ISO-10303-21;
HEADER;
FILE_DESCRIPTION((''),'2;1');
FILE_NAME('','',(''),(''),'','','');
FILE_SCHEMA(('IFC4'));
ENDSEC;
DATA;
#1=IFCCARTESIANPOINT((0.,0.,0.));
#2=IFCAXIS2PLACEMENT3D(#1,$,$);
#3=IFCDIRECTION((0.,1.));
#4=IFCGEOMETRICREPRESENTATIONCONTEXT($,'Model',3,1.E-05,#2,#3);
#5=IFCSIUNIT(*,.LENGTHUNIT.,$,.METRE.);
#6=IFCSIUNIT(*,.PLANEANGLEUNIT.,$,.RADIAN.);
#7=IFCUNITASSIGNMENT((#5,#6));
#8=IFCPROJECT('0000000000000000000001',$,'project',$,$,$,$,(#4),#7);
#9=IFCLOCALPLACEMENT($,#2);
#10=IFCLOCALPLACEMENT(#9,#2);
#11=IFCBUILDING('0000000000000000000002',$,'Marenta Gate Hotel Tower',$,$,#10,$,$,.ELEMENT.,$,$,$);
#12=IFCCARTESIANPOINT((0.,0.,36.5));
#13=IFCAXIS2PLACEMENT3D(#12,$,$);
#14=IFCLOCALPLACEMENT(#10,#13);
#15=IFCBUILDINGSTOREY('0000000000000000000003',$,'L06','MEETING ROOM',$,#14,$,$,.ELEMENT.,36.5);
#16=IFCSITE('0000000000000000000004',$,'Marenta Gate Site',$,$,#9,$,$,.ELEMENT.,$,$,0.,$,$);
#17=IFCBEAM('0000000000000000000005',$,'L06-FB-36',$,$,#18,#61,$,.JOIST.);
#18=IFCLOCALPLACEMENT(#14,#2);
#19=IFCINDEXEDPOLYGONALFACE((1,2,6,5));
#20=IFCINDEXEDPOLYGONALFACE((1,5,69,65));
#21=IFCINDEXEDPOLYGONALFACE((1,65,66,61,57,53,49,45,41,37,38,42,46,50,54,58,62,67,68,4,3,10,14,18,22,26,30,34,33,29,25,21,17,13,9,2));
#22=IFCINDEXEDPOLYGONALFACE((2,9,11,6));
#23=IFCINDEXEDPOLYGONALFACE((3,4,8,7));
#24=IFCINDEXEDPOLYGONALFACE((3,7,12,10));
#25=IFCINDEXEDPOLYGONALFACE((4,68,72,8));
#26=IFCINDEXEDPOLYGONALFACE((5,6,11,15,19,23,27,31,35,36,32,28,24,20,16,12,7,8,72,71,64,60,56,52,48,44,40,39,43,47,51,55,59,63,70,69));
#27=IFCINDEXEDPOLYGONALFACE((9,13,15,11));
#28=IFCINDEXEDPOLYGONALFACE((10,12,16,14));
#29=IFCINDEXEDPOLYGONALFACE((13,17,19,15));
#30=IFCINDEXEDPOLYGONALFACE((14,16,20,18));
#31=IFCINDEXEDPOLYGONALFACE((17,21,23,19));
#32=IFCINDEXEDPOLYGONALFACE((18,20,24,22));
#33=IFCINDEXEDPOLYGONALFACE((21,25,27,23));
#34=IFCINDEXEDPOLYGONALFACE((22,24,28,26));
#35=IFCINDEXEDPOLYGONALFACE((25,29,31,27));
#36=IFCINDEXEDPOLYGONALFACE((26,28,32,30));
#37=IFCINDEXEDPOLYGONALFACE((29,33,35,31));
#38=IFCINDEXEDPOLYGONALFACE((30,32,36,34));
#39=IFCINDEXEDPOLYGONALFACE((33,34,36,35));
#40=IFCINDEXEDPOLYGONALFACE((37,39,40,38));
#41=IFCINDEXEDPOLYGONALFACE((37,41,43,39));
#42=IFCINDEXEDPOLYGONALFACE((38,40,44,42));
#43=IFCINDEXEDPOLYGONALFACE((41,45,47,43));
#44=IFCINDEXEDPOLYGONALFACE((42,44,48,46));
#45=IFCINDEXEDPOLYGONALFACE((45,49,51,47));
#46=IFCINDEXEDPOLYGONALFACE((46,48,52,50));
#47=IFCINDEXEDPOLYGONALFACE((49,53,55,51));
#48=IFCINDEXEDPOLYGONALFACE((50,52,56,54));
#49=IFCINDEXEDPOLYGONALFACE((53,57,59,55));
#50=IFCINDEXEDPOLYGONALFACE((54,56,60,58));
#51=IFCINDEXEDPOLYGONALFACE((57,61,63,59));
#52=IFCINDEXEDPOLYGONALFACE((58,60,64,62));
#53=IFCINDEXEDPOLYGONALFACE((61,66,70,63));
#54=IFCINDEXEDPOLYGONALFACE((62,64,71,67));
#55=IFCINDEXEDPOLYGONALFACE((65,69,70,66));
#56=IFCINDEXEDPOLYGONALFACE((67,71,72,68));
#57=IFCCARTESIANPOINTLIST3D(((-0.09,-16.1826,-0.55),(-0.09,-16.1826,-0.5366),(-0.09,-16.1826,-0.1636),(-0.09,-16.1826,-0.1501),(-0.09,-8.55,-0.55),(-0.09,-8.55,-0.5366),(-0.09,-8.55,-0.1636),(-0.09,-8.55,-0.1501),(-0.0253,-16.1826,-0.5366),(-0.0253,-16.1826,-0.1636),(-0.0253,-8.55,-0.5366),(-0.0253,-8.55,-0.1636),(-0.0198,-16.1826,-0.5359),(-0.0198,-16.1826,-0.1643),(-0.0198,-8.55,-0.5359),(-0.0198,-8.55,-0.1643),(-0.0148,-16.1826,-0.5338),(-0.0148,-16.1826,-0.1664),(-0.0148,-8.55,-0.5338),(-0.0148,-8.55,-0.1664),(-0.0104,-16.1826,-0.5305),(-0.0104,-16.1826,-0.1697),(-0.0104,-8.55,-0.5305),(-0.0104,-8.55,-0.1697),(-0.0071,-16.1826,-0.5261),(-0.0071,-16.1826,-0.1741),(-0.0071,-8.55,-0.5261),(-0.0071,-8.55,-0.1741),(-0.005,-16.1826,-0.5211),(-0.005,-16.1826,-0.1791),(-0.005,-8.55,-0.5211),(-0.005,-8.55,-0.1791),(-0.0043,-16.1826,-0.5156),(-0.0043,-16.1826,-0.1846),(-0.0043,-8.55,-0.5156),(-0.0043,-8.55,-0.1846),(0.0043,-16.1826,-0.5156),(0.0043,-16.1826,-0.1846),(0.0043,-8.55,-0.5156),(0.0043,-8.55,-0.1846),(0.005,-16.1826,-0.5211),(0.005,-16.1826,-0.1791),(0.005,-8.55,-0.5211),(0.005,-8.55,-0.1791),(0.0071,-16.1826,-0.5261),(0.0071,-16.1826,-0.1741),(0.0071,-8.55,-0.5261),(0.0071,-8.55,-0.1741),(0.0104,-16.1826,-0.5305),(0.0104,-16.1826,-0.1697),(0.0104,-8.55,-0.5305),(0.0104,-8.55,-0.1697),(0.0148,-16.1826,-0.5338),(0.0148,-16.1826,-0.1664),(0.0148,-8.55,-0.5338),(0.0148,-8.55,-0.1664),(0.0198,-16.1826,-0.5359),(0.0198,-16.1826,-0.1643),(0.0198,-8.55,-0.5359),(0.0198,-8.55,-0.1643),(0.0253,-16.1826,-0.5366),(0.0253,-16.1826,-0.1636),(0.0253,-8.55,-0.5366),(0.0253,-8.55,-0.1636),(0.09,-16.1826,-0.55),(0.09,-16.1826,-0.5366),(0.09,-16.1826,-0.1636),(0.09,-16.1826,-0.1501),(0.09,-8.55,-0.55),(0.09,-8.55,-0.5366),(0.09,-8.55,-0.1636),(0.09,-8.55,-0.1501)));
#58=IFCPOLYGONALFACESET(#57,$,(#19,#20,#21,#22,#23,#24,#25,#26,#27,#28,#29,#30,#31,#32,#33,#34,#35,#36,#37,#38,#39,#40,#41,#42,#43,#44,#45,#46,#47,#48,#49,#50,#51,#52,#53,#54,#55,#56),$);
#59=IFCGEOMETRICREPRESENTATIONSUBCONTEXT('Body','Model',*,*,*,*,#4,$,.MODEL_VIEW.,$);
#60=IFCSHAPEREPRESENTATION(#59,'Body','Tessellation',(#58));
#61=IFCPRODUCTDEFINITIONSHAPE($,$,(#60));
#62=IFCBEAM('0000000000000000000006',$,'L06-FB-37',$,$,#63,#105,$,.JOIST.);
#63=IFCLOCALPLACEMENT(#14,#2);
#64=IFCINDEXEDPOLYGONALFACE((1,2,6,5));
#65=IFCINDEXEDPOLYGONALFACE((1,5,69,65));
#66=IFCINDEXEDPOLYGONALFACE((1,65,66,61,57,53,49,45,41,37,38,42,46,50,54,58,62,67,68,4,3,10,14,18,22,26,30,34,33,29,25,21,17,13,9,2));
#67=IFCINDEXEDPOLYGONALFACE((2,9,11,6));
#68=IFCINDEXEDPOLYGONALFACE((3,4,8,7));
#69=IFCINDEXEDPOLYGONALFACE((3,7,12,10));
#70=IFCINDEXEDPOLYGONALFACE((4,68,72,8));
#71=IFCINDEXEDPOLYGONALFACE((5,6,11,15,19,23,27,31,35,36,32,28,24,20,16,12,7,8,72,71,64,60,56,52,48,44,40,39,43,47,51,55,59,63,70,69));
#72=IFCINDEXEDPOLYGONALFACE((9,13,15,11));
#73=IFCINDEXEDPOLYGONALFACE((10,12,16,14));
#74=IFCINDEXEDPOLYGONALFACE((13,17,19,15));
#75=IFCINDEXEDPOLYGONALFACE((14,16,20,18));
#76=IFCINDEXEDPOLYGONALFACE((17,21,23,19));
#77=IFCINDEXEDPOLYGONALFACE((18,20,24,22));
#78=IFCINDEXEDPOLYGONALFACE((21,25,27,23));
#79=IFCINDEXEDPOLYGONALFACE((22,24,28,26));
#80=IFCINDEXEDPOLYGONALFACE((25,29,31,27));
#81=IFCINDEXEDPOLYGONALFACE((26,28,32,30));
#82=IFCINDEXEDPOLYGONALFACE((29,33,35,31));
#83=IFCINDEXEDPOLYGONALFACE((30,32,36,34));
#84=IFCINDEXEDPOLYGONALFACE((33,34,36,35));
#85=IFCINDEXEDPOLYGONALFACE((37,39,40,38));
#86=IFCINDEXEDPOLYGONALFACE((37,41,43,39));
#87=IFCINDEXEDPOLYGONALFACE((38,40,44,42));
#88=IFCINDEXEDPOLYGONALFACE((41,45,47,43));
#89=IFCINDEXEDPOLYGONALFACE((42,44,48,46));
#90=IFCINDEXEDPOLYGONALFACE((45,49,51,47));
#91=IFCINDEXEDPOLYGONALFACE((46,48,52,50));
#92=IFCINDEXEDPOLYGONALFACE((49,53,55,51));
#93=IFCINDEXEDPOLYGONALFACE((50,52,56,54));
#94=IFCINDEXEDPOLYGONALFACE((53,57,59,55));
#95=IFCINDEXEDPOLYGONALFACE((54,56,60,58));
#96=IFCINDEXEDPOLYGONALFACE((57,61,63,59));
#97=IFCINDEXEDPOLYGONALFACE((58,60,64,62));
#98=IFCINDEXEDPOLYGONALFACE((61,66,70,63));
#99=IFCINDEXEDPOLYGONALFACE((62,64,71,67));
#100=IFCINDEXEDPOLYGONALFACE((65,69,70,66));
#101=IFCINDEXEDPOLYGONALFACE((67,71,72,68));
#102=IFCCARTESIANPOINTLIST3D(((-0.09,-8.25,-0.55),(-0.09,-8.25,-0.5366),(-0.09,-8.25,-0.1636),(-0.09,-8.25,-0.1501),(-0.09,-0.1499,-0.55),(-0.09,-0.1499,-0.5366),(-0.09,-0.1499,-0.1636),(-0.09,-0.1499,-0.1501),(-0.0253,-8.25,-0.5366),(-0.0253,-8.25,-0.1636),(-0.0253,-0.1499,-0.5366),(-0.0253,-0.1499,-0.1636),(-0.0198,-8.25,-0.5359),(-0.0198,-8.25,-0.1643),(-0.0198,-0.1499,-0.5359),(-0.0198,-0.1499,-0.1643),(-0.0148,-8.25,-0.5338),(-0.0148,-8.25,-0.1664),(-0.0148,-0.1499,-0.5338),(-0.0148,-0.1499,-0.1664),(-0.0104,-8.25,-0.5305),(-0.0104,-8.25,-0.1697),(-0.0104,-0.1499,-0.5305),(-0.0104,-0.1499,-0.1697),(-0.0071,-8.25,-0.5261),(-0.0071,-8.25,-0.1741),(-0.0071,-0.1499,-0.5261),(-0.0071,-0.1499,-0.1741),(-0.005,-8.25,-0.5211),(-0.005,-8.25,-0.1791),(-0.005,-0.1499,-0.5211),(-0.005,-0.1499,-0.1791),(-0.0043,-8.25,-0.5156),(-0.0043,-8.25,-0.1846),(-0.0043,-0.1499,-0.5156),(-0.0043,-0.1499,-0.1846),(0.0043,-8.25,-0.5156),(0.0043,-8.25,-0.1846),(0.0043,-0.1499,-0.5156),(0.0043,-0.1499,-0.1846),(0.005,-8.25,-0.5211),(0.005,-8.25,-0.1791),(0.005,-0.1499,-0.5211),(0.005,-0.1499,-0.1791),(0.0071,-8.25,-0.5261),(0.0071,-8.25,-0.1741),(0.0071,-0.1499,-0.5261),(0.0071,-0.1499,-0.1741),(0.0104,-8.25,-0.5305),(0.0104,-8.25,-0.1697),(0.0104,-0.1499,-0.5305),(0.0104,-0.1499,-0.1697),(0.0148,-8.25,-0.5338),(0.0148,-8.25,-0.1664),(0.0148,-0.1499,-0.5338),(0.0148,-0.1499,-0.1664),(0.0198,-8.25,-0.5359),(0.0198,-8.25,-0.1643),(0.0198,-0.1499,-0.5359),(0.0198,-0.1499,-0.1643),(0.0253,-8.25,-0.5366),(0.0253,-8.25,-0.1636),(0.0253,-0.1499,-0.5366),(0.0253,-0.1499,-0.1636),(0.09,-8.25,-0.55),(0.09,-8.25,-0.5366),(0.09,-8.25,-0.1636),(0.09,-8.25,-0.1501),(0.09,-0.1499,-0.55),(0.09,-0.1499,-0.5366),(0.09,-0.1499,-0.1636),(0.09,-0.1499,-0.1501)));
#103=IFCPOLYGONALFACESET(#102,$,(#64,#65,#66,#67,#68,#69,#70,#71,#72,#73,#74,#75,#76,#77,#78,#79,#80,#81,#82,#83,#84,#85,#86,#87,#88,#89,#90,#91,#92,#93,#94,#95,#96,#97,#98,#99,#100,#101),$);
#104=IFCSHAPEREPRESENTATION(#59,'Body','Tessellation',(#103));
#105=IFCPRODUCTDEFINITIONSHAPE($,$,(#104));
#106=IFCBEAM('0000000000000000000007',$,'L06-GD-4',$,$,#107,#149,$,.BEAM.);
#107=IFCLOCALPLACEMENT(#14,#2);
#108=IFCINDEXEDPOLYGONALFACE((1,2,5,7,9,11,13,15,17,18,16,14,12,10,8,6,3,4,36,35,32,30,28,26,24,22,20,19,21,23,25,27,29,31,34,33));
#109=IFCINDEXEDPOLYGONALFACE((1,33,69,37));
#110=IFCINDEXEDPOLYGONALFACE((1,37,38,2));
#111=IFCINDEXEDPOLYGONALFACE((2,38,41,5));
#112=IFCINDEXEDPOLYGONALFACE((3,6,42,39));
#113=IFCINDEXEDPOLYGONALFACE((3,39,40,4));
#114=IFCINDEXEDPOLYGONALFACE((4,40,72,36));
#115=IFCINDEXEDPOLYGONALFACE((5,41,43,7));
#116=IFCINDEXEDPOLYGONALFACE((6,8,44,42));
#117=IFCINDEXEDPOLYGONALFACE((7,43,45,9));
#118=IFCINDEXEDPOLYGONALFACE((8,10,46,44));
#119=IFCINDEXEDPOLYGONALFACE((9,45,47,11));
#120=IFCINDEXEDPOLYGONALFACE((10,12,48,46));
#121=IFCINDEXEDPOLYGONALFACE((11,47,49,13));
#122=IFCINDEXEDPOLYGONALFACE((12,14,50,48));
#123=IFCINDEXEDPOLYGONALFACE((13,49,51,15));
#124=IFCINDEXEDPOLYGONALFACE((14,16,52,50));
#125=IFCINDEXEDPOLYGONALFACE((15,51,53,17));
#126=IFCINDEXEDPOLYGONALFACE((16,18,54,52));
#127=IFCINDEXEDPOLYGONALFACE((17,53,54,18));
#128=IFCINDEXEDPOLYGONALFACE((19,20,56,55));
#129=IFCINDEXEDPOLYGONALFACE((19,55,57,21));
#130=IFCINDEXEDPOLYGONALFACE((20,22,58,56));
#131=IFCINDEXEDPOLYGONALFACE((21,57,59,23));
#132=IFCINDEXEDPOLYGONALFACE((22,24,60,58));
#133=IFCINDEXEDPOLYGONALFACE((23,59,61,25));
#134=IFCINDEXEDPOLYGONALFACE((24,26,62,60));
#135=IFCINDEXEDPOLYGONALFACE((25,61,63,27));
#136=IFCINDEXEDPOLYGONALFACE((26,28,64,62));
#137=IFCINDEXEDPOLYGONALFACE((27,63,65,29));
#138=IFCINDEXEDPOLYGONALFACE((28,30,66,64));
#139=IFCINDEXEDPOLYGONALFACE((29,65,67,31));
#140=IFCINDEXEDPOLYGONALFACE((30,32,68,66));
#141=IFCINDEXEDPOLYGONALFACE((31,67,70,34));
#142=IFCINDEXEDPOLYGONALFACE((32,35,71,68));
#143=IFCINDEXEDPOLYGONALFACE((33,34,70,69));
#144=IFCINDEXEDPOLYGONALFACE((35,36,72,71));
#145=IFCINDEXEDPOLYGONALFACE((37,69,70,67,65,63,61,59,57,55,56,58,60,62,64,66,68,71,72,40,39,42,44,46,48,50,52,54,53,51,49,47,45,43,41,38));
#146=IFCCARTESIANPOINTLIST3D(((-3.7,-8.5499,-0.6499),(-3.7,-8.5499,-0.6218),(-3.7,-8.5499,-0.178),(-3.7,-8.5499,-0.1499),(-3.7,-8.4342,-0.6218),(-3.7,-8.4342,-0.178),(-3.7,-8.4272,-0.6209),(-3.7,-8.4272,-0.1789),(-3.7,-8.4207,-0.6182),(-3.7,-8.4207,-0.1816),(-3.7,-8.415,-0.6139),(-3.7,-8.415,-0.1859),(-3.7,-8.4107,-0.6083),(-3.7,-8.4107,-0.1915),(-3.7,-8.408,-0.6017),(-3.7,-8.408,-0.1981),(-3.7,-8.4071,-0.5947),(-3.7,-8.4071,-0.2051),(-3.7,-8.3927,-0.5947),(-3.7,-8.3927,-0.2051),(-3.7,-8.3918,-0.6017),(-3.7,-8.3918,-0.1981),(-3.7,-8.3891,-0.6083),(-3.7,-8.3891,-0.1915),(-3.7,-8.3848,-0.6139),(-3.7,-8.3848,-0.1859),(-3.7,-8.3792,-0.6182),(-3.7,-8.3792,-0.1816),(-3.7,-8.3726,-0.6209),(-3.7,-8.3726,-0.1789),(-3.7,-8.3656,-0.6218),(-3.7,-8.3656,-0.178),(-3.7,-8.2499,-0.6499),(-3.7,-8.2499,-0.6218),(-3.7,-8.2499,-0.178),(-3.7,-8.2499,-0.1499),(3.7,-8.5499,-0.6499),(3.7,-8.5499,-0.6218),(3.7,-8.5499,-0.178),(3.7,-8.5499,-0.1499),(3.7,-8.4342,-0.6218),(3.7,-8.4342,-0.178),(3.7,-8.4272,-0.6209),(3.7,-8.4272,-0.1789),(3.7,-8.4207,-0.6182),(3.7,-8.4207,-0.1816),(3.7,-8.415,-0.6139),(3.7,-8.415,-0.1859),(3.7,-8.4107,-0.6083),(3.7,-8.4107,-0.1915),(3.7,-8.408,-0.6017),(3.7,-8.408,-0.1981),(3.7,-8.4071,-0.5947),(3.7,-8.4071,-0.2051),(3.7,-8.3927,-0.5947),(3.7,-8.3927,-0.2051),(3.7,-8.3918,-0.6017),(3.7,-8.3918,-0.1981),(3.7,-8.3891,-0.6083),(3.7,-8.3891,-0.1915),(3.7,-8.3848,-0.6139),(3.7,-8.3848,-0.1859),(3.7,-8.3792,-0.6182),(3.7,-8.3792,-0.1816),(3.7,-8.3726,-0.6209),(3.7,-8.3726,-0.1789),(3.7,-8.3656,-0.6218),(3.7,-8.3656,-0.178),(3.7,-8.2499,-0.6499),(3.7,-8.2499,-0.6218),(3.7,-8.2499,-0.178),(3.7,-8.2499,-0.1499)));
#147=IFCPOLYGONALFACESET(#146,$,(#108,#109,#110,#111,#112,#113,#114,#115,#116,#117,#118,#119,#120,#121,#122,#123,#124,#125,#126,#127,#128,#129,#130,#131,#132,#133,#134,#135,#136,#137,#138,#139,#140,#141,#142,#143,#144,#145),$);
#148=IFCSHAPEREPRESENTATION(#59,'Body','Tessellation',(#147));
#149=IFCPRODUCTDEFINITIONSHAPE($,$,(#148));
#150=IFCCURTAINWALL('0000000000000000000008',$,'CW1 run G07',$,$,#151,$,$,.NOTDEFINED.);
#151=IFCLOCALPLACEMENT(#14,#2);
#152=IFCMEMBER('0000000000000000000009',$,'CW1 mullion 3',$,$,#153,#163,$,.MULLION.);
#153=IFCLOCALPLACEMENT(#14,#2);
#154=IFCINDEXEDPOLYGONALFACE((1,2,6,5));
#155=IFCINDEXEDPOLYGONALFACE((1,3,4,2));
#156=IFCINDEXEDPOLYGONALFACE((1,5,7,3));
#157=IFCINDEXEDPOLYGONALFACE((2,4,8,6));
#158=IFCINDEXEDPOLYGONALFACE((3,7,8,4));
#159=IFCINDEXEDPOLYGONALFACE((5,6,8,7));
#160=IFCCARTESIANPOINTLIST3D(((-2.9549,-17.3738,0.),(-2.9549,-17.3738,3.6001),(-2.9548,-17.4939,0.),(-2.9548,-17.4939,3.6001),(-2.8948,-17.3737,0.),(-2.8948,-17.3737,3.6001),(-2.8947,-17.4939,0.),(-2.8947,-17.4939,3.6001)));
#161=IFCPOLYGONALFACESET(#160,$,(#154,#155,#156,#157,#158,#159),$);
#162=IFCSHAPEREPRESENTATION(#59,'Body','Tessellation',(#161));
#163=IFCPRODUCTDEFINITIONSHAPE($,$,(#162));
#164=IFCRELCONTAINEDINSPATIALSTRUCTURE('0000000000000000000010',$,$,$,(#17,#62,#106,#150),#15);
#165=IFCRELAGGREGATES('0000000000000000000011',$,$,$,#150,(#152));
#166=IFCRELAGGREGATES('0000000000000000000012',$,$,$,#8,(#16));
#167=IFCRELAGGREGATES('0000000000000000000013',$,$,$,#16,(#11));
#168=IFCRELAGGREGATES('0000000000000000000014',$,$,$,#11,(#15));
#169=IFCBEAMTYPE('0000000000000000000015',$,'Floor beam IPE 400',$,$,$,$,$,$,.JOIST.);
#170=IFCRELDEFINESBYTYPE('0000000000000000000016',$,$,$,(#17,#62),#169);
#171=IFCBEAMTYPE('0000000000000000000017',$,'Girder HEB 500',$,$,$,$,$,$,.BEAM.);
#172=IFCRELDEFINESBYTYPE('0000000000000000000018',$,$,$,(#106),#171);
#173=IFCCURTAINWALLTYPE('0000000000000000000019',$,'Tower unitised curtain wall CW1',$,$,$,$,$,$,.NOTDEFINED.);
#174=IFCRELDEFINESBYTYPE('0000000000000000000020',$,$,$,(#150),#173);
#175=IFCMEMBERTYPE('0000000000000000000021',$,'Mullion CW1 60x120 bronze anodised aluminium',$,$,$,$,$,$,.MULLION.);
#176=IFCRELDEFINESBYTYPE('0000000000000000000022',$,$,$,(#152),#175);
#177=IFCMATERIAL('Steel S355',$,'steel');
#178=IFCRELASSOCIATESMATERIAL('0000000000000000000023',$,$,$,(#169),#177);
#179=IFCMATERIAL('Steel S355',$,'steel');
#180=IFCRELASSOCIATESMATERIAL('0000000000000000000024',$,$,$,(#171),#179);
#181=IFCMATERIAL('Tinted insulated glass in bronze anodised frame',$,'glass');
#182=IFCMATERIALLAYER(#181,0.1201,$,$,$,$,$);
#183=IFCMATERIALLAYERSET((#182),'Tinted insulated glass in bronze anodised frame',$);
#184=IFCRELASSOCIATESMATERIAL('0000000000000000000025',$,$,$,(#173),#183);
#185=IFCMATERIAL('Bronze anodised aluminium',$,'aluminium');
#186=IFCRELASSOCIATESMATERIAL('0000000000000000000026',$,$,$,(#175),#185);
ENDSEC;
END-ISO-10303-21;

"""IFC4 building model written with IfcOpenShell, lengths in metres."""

from ifc_helpers import new_model, si_unit, direction, frame, origin, origin_2d, place, context, subcontext, project, spatial, rectangle, i_section, extrude, material, layer, layer_set, material_profile, profile_set, type_object, element, aggregate, save


model = new_model("IFC4")

# Units and contexts
model_context = context("Model", 3, precision=1e-05, world=origin(), true_north=direction((0.0, 1.0)))
body_context = subcontext(model_context, "Body", "Model", "MODEL_VIEW")
ifc_project = project(units=[si_unit("LENGTHUNIT", "METRE"), si_unit("PLANEANGLEUNIT", "RADIAN")], contexts=[model_context])

# Site, building, storey
site_placement = place(None, origin())
site = spatial("IfcSite", under=ifc_project, at=site_placement, Name="Marenta Gate Site", CompositionType="ELEMENT", RefElevation=0.0)
building_placement = place(site_placement, origin())
building = spatial("IfcBuilding", under=site, at=building_placement, Name="Marenta Gate Hotel Tower", CompositionType="ELEMENT")
storey_placement = place(building_placement, frame((0.0, 0.0, 36.5)))
storey = spatial("IfcBuildingStorey", under=building, at=storey_placement, Name="L06", Description="MEETING ROOM", CompositionType="ELEMENT", Elevation=36.5)

# Beams
ifc_material_1 = material(Name="Steel S355", Category="steel")
ifc_material_profile_1 = material_profile(ifc_material_1, i_section(OverallWidth=0.1799, OverallDepth=0.3999, WebThickness=0.0085, FlangeThickness=0.0134, FilletRadius=0.021, at=origin_2d()), Name="IPE 400")
ifc_profile_set_1 = profile_set([ifc_material_profile_1], Name="Steel S355")
beam_type_1 = type_object("IfcBeamType", Name="Floor beam IPE 400", PredefinedType="JOIST", material=ifc_profile_set_1)
beam_1_placement = place(storey_placement, frame((0.0, -16.1826, -0.3501), z_axis=(0.0, 1.0, 0.0), x_axis=(-1.0, 0.0, 0.0)))
element("IfcBeam", 1, at=beam_1_placement, inside=storey, type_object=beam_type_1, Name="L06-FB-36", PredefinedType="JOIST", context=body_context, shape_type="SweptSolid", body=[
    extrude(i_section(OverallWidth=0.1799, OverallDepth=0.3999, WebThickness=0.0085, FlangeThickness=0.0134, FilletRadius=0.021, at=origin_2d()), origin(), (0.0, 0.0, 1.0), 7.6326),
])
beam_2_placement = place(storey_placement, frame((0.0, -8.25, -0.3501), z_axis=(0.0, 1.0, 0.0), x_axis=(-1.0, 0.0, 0.0)))
element("IfcBeam", 2, at=beam_2_placement, inside=storey, type_object=beam_type_1, Name="L06-FB-37", PredefinedType="JOIST", context=body_context, shape_type="SweptSolid", body=[
    extrude(i_section(OverallWidth=0.1799, OverallDepth=0.3999, WebThickness=0.0085, FlangeThickness=0.0134, FilletRadius=0.021, at=origin_2d()), origin(), (0.0, 0.0, 1.0), 8.1001),
])
ifc_material_2 = material(Name="Steel S355", Category="steel")
ifc_material_profile_2 = material_profile(ifc_material_2, i_section(OverallWidth=0.3, OverallDepth=0.5, WebThickness=0.0144, FlangeThickness=0.0281, FilletRadius=0.0271, at=origin_2d()), Name="HEB 500")
ifc_profile_set_2 = profile_set([ifc_material_profile_2], Name="Steel S355")
beam_type_2 = type_object("IfcBeamType", Name="Girder HEB 500", PredefinedType="BEAM", material=ifc_profile_set_2)
beam_3_placement = place(storey_placement, frame((-3.7, -8.3999, -0.3999), z_axis=(1.0, 0.0, 0.0), x_axis=(0.0, 1.0, 0.0)))
element("IfcBeam", 3, at=beam_3_placement, inside=storey, type_object=beam_type_2, Name="L06-GD-4", PredefinedType="BEAM", context=body_context, shape_type="SweptSolid", body=[
    extrude(i_section(OverallWidth=0.3, OverallDepth=0.5, WebThickness=0.0144, FlangeThickness=0.0281, FilletRadius=0.0271, at=origin_2d()), origin(), (0.0, 0.0, 1.0), 7.3999),
])

# Curtain wall, member
ifc_material_3 = material(Name="Tinted insulated glass in bronze anodised frame", Category="glass")
ifc_layer_1 = layer(ifc_material_3, 0.1201)
ifc_layer_set_1 = layer_set([ifc_layer_1], Name="Tinted insulated glass in bronze anodised frame")
curtain_wall_type = type_object("IfcCurtainWallType", Name="Tower unitised curtain wall CW1", PredefinedType="NOTDEFINED", material=ifc_layer_set_1)
curtain_wall_placement = place(storey_placement, origin())
curtain_wall = element("IfcCurtainWall", 4, at=curtain_wall_placement, inside=storey, type_object=curtain_wall_type, Name="CW1 run G07", PredefinedType="NOTDEFINED")
ifc_material_4 = material(Name="Bronze anodised aluminium", Category="aluminium")
ifc_material_profile_3 = material_profile(ifc_material_4, rectangle(XDim=0.1201, YDim=0.0601, at=origin_2d()), Name="Mullion CW1 60x120 bronze anodised aluminium")
ifc_profile_set_3 = profile_set([ifc_material_profile_3], Name="Bronze anodised aluminium")
member_type_1 = type_object("IfcMemberType", Name="Mullion CW1 60x120 bronze anodised aluminium", PredefinedType="MULLION", material=ifc_profile_set_3)
member_1_placement = place(storey_placement, frame((-2.9248, -17.4338, 0.0), z_axis=(0.0, 0.0, 1.0), x_axis=(-0.001162, 0.999999, 0.0)))
member_1 = element("IfcMember", 5, at=member_1_placement, type_object=member_type_1, Name="CW1 mullion 3", PredefinedType="MULLION", context=body_context, shape_type="SweptSolid", body=[
    extrude(rectangle(XDim=0.1201, YDim=0.0601, at=origin_2d()), origin(), (0.0, 0.0, 1.0), 3.6001),
])

aggregate(curtain_wall, [member_1])

save(model, "model.ifc")
